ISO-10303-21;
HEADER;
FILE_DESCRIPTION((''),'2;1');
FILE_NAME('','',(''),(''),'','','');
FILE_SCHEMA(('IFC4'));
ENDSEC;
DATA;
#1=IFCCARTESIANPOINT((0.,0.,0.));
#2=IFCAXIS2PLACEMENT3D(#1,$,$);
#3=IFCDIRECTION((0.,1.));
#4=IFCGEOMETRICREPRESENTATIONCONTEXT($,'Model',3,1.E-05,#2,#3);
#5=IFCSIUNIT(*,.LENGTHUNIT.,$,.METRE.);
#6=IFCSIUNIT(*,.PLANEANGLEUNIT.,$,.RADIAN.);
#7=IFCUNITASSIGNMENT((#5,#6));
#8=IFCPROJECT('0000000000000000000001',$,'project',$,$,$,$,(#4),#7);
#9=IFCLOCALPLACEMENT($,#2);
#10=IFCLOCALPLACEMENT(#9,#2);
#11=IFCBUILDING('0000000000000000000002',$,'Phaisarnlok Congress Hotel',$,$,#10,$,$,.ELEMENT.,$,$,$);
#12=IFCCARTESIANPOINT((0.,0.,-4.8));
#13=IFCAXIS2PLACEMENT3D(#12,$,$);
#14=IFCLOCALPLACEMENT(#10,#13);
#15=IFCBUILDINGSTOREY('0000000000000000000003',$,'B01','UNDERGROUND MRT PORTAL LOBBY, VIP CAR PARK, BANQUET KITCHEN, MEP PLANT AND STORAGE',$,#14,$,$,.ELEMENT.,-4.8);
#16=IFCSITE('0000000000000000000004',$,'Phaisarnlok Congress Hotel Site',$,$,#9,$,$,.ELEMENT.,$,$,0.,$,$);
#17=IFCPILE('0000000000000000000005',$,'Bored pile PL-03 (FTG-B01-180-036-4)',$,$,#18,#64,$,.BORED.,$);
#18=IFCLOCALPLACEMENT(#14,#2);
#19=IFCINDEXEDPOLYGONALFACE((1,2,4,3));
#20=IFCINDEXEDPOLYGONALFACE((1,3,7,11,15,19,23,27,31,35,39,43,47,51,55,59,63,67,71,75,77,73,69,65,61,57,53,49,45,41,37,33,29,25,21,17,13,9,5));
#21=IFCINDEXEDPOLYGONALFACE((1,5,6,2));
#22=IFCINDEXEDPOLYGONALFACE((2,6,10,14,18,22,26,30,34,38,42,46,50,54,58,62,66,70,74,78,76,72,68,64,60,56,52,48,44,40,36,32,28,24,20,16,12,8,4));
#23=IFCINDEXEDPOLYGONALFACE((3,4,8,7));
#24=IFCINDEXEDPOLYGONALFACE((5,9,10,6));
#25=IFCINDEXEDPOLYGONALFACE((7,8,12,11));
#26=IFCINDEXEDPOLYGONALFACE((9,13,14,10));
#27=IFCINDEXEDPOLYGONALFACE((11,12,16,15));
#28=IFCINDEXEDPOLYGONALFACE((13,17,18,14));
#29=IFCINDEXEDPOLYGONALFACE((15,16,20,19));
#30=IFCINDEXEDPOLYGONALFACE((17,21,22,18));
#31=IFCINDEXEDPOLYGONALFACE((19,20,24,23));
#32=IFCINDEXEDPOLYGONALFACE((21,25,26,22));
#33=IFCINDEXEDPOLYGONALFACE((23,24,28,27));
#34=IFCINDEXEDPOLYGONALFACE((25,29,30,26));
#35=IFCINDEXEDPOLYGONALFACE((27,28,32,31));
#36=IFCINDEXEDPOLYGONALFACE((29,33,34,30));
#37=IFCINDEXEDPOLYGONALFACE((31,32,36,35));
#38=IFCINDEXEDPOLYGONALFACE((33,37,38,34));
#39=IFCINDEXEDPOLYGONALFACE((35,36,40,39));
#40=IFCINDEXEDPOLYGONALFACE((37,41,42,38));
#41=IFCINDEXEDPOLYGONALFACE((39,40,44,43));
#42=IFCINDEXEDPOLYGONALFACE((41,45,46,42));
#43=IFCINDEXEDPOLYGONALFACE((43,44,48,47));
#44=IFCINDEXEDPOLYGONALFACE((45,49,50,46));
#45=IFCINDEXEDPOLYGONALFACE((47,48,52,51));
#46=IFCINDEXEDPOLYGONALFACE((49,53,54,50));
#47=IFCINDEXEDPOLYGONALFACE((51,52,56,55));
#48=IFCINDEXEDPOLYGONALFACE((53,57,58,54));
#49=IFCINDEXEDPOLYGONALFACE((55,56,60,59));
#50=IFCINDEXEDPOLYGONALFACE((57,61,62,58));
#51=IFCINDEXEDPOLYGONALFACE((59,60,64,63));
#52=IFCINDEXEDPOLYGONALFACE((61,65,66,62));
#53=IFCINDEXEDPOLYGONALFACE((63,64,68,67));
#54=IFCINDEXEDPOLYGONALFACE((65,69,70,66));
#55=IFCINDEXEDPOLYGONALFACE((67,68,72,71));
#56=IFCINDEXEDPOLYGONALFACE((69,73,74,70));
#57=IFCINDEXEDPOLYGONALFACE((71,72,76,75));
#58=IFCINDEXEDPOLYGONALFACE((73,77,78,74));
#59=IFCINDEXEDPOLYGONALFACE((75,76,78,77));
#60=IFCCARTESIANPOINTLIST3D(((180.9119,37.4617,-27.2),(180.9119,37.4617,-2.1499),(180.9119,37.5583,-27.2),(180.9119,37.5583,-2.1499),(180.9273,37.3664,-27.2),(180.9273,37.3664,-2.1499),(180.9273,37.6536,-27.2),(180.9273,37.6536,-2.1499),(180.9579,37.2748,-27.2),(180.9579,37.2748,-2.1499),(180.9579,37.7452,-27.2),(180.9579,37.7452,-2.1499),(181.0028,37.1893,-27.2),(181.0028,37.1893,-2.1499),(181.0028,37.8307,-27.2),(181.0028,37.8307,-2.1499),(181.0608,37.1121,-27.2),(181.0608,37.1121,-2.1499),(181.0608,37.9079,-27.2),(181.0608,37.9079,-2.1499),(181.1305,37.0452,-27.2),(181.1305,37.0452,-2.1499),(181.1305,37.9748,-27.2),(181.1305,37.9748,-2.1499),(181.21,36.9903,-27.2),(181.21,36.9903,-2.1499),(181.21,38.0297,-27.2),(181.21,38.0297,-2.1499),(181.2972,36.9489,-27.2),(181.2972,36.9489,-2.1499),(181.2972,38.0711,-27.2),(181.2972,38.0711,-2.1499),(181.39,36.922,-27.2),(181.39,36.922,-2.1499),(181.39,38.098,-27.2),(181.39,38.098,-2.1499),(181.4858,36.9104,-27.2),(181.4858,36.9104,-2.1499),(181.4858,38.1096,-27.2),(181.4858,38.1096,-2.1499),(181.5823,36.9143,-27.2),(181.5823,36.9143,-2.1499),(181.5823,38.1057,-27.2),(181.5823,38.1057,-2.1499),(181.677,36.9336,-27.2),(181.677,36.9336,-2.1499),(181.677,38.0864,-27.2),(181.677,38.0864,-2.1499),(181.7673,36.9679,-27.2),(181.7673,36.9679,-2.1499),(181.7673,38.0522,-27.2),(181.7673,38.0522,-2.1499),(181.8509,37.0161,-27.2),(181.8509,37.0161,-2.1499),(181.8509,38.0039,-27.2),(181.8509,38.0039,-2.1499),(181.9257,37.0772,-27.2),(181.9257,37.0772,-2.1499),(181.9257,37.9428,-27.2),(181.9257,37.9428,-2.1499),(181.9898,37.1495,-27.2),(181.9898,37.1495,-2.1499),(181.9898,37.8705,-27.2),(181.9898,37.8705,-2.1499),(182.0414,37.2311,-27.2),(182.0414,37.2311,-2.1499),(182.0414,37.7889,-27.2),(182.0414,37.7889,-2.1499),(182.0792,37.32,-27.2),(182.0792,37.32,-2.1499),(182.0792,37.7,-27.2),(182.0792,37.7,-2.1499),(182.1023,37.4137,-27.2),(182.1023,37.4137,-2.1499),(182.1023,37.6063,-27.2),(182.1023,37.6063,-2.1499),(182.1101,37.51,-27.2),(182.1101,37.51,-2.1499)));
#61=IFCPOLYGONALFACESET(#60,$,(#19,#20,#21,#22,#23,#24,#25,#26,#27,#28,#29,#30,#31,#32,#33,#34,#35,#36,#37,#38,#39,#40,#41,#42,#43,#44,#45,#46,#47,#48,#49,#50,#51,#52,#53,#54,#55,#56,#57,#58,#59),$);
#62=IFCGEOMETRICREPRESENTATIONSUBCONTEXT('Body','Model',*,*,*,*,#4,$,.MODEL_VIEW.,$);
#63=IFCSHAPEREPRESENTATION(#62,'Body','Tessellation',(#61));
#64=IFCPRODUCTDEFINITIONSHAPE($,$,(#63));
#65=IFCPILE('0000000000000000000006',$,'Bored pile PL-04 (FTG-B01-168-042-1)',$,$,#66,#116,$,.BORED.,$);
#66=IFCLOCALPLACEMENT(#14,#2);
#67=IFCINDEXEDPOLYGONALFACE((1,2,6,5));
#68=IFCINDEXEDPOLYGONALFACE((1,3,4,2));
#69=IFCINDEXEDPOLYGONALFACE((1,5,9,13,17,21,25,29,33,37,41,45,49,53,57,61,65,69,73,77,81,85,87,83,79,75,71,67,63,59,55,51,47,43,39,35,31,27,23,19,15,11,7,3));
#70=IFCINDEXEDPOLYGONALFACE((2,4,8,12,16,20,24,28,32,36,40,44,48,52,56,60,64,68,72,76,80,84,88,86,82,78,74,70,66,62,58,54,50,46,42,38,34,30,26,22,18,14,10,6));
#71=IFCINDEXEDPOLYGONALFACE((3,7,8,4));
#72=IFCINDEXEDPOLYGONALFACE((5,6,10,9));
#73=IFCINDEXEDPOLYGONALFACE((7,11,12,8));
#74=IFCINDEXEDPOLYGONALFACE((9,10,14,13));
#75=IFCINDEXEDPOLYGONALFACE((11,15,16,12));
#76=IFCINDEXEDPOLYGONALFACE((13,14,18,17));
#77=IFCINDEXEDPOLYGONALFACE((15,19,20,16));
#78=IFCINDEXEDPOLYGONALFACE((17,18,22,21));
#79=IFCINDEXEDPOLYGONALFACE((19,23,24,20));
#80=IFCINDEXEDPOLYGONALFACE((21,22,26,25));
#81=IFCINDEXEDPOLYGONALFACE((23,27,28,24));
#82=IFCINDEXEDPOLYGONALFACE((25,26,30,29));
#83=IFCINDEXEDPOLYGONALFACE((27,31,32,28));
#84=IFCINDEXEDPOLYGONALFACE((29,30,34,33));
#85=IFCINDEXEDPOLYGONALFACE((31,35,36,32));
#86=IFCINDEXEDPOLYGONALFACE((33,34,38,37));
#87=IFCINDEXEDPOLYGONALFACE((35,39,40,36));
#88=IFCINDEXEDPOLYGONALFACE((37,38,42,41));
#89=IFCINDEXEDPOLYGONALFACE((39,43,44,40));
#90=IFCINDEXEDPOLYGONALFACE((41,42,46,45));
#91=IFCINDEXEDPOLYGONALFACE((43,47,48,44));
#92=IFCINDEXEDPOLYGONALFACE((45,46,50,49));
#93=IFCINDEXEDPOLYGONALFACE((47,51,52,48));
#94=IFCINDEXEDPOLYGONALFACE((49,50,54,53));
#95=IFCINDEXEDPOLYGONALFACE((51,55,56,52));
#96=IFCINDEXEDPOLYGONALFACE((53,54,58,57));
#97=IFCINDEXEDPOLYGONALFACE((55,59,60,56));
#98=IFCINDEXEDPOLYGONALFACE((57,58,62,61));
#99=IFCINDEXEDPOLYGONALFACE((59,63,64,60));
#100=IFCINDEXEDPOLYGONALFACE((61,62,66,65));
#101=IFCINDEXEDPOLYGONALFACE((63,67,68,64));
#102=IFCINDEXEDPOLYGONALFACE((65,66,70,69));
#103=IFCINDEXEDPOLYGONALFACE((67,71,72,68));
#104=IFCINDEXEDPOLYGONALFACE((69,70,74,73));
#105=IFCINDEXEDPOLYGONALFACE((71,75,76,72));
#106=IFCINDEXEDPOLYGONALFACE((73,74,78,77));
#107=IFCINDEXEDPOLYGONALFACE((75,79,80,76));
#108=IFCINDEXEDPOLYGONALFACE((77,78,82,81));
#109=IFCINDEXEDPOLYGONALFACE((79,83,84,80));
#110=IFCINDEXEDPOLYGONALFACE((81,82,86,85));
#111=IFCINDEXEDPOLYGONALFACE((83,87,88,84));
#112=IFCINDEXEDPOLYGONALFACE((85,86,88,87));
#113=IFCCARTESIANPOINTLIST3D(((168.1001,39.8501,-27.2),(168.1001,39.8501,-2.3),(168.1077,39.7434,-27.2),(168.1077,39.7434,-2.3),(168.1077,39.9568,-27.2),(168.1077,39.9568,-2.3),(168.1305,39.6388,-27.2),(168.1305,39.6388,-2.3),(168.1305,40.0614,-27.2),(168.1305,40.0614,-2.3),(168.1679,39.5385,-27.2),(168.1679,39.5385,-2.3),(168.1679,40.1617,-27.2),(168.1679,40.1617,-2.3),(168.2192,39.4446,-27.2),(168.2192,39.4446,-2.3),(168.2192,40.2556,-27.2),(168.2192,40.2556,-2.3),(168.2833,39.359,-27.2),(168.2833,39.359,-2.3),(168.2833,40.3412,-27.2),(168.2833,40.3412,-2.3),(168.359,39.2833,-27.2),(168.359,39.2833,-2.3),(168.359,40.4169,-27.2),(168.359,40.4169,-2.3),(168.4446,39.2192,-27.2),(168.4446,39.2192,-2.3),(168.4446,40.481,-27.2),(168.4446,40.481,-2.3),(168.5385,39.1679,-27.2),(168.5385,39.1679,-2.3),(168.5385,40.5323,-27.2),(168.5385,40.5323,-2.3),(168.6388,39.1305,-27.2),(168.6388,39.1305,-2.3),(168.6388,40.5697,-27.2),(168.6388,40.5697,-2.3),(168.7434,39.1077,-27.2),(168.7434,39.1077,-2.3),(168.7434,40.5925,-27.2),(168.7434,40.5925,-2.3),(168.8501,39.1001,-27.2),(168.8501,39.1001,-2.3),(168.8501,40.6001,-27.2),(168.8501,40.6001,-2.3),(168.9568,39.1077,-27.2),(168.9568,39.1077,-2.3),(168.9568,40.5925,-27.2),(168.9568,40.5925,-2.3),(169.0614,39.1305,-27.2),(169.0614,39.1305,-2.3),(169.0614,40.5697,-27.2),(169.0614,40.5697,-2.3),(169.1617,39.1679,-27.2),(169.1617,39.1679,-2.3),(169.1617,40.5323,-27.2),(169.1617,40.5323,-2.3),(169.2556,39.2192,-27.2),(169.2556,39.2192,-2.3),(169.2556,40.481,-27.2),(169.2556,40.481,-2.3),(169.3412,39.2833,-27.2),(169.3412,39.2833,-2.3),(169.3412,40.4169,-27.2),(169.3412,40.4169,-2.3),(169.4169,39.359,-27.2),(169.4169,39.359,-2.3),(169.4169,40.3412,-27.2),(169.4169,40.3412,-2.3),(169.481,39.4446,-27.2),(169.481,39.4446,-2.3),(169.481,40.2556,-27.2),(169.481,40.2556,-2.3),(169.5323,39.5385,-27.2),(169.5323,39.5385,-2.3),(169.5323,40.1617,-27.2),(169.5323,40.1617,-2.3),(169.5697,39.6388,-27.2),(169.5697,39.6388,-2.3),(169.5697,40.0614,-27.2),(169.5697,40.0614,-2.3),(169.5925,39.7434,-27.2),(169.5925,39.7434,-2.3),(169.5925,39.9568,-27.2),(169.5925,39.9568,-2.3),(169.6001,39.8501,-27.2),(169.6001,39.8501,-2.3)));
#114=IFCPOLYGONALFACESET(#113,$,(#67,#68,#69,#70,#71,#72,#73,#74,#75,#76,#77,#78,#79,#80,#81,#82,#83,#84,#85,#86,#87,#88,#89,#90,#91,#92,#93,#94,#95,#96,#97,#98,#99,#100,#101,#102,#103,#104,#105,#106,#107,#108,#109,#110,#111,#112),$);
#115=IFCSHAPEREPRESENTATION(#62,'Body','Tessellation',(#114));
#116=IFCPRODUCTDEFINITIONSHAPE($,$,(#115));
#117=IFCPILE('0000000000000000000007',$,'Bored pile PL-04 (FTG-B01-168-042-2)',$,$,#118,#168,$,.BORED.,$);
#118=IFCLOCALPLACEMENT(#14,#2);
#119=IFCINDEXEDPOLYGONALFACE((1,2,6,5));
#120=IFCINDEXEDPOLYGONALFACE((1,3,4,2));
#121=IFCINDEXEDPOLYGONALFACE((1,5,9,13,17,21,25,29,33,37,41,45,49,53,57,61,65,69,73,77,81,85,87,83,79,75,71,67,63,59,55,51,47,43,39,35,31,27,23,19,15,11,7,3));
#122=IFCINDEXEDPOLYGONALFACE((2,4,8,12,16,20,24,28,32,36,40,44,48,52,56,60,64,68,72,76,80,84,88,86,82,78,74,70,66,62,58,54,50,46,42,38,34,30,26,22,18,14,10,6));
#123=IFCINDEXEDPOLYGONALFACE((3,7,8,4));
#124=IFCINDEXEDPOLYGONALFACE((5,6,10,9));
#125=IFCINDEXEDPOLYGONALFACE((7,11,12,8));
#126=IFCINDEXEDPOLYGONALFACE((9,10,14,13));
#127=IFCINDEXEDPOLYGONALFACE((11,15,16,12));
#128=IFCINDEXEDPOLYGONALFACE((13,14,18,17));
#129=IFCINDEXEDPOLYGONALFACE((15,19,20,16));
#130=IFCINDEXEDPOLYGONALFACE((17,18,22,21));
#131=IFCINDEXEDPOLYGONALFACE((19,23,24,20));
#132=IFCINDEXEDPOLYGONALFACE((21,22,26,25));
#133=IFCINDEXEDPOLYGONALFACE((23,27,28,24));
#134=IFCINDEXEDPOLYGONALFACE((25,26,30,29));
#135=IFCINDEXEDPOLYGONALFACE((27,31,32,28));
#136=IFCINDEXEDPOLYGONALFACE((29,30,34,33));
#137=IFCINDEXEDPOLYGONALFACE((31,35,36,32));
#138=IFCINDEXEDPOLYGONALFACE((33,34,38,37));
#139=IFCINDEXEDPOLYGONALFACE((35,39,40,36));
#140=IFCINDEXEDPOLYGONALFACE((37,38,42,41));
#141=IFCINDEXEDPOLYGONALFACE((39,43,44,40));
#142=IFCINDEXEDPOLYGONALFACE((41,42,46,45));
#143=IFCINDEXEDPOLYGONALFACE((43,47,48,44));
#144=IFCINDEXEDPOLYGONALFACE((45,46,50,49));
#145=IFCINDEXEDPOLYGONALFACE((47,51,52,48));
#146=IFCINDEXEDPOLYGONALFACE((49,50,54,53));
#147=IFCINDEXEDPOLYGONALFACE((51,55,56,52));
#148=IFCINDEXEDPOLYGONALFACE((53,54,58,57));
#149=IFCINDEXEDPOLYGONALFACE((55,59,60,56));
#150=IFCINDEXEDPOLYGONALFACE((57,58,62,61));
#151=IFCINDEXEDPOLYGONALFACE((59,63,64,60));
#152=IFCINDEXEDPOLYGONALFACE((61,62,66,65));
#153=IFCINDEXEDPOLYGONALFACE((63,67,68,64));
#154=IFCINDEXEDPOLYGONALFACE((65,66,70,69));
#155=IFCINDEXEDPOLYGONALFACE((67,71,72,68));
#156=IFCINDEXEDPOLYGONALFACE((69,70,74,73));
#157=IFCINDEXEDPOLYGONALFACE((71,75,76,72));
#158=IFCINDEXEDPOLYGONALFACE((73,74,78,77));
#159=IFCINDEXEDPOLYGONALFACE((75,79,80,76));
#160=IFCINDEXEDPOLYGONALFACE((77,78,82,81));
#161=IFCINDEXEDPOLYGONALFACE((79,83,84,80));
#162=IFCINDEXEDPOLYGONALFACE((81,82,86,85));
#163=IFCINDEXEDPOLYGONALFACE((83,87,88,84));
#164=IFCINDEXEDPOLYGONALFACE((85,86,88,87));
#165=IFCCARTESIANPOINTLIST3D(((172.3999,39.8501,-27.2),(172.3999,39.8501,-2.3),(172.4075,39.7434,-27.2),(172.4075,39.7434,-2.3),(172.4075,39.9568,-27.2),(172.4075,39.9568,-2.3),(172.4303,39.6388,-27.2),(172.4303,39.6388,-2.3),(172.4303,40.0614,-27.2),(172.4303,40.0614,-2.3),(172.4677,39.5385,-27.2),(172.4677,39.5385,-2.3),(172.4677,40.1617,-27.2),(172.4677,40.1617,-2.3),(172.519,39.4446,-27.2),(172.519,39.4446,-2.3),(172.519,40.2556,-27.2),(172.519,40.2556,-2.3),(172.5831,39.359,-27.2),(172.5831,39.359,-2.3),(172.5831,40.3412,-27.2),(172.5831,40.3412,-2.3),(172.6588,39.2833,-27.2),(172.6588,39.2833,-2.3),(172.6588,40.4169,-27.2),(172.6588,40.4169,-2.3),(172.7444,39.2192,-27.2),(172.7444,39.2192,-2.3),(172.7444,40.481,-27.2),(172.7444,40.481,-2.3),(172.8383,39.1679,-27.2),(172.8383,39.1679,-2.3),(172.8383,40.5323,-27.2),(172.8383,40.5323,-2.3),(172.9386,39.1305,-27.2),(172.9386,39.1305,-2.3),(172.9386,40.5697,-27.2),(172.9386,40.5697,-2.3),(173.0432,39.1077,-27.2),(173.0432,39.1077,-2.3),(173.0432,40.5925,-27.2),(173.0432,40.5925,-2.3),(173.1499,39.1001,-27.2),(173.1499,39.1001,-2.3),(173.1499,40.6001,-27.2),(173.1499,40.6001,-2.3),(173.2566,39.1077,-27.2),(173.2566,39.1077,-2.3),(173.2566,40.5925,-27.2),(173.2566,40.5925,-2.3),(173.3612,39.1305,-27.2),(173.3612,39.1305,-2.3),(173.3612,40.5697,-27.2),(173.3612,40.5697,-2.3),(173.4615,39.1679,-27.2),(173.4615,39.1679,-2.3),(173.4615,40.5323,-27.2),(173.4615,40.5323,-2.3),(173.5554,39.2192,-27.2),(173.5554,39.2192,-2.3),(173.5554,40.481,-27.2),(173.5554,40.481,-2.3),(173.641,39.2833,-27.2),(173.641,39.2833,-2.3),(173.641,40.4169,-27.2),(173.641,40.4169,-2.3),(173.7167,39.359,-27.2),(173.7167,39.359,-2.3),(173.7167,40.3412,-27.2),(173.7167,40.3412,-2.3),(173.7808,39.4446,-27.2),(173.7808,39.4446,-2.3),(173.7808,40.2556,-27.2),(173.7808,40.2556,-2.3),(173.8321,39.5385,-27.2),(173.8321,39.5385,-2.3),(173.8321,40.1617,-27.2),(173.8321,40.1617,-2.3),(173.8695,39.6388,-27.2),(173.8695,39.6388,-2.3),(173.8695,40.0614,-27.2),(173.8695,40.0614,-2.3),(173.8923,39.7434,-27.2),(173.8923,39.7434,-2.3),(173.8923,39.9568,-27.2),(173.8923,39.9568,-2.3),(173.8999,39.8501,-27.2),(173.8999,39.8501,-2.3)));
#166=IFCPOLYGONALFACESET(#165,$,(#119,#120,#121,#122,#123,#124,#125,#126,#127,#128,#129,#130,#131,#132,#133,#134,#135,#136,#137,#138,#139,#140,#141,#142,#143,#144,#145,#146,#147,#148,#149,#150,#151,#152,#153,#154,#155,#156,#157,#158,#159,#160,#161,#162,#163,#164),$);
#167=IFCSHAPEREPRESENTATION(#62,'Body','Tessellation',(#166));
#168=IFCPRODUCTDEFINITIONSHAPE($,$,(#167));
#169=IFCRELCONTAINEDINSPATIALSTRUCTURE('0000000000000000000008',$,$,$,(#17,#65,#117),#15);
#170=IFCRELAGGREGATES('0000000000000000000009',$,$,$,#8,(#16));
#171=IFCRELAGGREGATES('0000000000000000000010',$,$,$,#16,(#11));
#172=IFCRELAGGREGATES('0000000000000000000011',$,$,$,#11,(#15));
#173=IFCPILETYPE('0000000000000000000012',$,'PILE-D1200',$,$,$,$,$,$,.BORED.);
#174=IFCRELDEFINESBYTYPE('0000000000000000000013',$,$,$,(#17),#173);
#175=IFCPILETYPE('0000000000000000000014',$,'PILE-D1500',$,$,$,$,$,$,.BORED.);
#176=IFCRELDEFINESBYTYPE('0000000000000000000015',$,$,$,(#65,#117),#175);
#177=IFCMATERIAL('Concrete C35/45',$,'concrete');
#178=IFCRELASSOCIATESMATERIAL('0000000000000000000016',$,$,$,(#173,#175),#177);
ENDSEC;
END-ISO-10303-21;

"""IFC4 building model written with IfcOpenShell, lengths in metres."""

from ifc_helpers import new_model, si_unit, direction, frame, origin, origin_2d, place, context, subcontext, project, spatial, circle, extrude, material, material_profile, profile_set, type_object, element, save


model = new_model("IFC4")

# Units and contexts
model_context = context("Model", 3, precision=1e-05, world=origin(), true_north=direction((0.0, 1.0)))
body_context = subcontext(model_context, "Body", "Model", "MODEL_VIEW")
ifc_project = project(units=[si_unit("LENGTHUNIT", "METRE"), si_unit("PLANEANGLEUNIT", "RADIAN")], contexts=[model_context])

# Site, building, storey
site_placement = place(None, origin())
site = spatial("IfcSite", under=ifc_project, at=site_placement, Name="Phaisarnlok Congress Hotel Site", CompositionType="ELEMENT", RefElevation=0.0)
building_placement = place(site_placement, origin())
building = spatial("IfcBuilding", under=site, at=building_placement, Name="Phaisarnlok Congress Hotel", CompositionType="ELEMENT")
storey_placement = place(building_placement, frame((0.0, 0.0, -4.8)))
storey = spatial("IfcBuildingStorey", under=building, at=storey_placement, Name="B01", Description="UNDERGROUND MRT PORTAL LOBBY, VIP CAR PARK, BANQUET KITCHEN, MEP PLANT AND STORAGE", CompositionType="ELEMENT", Elevation=-4.8)

# Piles
ifc_material_1 = material(Name="Concrete C35/45", Category="concrete")
ifc_material_profile_1 = material_profile(ifc_material_1, circle(Radius=0.6001, at=origin_2d()), Name="BORED PILE D1200")
ifc_profile_set_1 = profile_set([ifc_material_profile_1], Name="Concrete C35/45")
pile_type_1 = type_object("IfcPileType", Name="PILE-D1200", PredefinedType="BORED", material=ifc_profile_set_1)
for number, where, z_axis, x_axis, name in (
    (1, (181.51, 37.51, -2.1499), (0.0, 0.0, -1.0), (1.0, 0.0, 0.0), "Bored pile PL-03 (FTG-B01-180-036-4)"),
):
    element("IfcPile", number, at=place(storey_placement, frame(where, z_axis=z_axis, x_axis=x_axis)), inside=storey, type_object=pile_type_1, Name=name, PredefinedType="BORED", context=body_context, shape_type="SweptSolid", body=[
        extrude(circle(Radius=0.6001, at=origin_2d()), origin(), (0.0, 0.0, 1.0), 25.05),
    ])
ifc_material_profile_2 = material_profile(ifc_material_1, circle(Radius=0.75, at=origin_2d()), Name="BORED PILE D1500")
ifc_profile_set_2 = profile_set([ifc_material_profile_2], Name="Concrete C35/45")
pile_type_2 = type_object("IfcPileType", Name="PILE-D1500", PredefinedType="BORED", material=ifc_profile_set_2)
for number, where, z_axis, x_axis, name in (
    (2, (168.8501, 39.8501, -2.3), (0.0, 0.0, -1.0), (1.0, 0.0, 0.0), "Bored pile PL-04 (FTG-B01-168-042-1)"),
    (3, (173.1499, 39.8501, -2.3), (0.0, 0.0, -1.0), (1.0, 0.0, 0.0), "Bored pile PL-04 (FTG-B01-168-042-2)"),
):
    element("IfcPile", number, at=place(storey_placement, frame(where, z_axis=z_axis, x_axis=x_axis)), inside=storey, type_object=pile_type_2, Name=name, PredefinedType="BORED", context=body_context, shape_type="SweptSolid", body=[
        extrude(circle(Radius=0.75, at=origin_2d()), origin(), (0.0, 0.0, 1.0), 24.8999),
    ])

save(model, "model.ifc")
